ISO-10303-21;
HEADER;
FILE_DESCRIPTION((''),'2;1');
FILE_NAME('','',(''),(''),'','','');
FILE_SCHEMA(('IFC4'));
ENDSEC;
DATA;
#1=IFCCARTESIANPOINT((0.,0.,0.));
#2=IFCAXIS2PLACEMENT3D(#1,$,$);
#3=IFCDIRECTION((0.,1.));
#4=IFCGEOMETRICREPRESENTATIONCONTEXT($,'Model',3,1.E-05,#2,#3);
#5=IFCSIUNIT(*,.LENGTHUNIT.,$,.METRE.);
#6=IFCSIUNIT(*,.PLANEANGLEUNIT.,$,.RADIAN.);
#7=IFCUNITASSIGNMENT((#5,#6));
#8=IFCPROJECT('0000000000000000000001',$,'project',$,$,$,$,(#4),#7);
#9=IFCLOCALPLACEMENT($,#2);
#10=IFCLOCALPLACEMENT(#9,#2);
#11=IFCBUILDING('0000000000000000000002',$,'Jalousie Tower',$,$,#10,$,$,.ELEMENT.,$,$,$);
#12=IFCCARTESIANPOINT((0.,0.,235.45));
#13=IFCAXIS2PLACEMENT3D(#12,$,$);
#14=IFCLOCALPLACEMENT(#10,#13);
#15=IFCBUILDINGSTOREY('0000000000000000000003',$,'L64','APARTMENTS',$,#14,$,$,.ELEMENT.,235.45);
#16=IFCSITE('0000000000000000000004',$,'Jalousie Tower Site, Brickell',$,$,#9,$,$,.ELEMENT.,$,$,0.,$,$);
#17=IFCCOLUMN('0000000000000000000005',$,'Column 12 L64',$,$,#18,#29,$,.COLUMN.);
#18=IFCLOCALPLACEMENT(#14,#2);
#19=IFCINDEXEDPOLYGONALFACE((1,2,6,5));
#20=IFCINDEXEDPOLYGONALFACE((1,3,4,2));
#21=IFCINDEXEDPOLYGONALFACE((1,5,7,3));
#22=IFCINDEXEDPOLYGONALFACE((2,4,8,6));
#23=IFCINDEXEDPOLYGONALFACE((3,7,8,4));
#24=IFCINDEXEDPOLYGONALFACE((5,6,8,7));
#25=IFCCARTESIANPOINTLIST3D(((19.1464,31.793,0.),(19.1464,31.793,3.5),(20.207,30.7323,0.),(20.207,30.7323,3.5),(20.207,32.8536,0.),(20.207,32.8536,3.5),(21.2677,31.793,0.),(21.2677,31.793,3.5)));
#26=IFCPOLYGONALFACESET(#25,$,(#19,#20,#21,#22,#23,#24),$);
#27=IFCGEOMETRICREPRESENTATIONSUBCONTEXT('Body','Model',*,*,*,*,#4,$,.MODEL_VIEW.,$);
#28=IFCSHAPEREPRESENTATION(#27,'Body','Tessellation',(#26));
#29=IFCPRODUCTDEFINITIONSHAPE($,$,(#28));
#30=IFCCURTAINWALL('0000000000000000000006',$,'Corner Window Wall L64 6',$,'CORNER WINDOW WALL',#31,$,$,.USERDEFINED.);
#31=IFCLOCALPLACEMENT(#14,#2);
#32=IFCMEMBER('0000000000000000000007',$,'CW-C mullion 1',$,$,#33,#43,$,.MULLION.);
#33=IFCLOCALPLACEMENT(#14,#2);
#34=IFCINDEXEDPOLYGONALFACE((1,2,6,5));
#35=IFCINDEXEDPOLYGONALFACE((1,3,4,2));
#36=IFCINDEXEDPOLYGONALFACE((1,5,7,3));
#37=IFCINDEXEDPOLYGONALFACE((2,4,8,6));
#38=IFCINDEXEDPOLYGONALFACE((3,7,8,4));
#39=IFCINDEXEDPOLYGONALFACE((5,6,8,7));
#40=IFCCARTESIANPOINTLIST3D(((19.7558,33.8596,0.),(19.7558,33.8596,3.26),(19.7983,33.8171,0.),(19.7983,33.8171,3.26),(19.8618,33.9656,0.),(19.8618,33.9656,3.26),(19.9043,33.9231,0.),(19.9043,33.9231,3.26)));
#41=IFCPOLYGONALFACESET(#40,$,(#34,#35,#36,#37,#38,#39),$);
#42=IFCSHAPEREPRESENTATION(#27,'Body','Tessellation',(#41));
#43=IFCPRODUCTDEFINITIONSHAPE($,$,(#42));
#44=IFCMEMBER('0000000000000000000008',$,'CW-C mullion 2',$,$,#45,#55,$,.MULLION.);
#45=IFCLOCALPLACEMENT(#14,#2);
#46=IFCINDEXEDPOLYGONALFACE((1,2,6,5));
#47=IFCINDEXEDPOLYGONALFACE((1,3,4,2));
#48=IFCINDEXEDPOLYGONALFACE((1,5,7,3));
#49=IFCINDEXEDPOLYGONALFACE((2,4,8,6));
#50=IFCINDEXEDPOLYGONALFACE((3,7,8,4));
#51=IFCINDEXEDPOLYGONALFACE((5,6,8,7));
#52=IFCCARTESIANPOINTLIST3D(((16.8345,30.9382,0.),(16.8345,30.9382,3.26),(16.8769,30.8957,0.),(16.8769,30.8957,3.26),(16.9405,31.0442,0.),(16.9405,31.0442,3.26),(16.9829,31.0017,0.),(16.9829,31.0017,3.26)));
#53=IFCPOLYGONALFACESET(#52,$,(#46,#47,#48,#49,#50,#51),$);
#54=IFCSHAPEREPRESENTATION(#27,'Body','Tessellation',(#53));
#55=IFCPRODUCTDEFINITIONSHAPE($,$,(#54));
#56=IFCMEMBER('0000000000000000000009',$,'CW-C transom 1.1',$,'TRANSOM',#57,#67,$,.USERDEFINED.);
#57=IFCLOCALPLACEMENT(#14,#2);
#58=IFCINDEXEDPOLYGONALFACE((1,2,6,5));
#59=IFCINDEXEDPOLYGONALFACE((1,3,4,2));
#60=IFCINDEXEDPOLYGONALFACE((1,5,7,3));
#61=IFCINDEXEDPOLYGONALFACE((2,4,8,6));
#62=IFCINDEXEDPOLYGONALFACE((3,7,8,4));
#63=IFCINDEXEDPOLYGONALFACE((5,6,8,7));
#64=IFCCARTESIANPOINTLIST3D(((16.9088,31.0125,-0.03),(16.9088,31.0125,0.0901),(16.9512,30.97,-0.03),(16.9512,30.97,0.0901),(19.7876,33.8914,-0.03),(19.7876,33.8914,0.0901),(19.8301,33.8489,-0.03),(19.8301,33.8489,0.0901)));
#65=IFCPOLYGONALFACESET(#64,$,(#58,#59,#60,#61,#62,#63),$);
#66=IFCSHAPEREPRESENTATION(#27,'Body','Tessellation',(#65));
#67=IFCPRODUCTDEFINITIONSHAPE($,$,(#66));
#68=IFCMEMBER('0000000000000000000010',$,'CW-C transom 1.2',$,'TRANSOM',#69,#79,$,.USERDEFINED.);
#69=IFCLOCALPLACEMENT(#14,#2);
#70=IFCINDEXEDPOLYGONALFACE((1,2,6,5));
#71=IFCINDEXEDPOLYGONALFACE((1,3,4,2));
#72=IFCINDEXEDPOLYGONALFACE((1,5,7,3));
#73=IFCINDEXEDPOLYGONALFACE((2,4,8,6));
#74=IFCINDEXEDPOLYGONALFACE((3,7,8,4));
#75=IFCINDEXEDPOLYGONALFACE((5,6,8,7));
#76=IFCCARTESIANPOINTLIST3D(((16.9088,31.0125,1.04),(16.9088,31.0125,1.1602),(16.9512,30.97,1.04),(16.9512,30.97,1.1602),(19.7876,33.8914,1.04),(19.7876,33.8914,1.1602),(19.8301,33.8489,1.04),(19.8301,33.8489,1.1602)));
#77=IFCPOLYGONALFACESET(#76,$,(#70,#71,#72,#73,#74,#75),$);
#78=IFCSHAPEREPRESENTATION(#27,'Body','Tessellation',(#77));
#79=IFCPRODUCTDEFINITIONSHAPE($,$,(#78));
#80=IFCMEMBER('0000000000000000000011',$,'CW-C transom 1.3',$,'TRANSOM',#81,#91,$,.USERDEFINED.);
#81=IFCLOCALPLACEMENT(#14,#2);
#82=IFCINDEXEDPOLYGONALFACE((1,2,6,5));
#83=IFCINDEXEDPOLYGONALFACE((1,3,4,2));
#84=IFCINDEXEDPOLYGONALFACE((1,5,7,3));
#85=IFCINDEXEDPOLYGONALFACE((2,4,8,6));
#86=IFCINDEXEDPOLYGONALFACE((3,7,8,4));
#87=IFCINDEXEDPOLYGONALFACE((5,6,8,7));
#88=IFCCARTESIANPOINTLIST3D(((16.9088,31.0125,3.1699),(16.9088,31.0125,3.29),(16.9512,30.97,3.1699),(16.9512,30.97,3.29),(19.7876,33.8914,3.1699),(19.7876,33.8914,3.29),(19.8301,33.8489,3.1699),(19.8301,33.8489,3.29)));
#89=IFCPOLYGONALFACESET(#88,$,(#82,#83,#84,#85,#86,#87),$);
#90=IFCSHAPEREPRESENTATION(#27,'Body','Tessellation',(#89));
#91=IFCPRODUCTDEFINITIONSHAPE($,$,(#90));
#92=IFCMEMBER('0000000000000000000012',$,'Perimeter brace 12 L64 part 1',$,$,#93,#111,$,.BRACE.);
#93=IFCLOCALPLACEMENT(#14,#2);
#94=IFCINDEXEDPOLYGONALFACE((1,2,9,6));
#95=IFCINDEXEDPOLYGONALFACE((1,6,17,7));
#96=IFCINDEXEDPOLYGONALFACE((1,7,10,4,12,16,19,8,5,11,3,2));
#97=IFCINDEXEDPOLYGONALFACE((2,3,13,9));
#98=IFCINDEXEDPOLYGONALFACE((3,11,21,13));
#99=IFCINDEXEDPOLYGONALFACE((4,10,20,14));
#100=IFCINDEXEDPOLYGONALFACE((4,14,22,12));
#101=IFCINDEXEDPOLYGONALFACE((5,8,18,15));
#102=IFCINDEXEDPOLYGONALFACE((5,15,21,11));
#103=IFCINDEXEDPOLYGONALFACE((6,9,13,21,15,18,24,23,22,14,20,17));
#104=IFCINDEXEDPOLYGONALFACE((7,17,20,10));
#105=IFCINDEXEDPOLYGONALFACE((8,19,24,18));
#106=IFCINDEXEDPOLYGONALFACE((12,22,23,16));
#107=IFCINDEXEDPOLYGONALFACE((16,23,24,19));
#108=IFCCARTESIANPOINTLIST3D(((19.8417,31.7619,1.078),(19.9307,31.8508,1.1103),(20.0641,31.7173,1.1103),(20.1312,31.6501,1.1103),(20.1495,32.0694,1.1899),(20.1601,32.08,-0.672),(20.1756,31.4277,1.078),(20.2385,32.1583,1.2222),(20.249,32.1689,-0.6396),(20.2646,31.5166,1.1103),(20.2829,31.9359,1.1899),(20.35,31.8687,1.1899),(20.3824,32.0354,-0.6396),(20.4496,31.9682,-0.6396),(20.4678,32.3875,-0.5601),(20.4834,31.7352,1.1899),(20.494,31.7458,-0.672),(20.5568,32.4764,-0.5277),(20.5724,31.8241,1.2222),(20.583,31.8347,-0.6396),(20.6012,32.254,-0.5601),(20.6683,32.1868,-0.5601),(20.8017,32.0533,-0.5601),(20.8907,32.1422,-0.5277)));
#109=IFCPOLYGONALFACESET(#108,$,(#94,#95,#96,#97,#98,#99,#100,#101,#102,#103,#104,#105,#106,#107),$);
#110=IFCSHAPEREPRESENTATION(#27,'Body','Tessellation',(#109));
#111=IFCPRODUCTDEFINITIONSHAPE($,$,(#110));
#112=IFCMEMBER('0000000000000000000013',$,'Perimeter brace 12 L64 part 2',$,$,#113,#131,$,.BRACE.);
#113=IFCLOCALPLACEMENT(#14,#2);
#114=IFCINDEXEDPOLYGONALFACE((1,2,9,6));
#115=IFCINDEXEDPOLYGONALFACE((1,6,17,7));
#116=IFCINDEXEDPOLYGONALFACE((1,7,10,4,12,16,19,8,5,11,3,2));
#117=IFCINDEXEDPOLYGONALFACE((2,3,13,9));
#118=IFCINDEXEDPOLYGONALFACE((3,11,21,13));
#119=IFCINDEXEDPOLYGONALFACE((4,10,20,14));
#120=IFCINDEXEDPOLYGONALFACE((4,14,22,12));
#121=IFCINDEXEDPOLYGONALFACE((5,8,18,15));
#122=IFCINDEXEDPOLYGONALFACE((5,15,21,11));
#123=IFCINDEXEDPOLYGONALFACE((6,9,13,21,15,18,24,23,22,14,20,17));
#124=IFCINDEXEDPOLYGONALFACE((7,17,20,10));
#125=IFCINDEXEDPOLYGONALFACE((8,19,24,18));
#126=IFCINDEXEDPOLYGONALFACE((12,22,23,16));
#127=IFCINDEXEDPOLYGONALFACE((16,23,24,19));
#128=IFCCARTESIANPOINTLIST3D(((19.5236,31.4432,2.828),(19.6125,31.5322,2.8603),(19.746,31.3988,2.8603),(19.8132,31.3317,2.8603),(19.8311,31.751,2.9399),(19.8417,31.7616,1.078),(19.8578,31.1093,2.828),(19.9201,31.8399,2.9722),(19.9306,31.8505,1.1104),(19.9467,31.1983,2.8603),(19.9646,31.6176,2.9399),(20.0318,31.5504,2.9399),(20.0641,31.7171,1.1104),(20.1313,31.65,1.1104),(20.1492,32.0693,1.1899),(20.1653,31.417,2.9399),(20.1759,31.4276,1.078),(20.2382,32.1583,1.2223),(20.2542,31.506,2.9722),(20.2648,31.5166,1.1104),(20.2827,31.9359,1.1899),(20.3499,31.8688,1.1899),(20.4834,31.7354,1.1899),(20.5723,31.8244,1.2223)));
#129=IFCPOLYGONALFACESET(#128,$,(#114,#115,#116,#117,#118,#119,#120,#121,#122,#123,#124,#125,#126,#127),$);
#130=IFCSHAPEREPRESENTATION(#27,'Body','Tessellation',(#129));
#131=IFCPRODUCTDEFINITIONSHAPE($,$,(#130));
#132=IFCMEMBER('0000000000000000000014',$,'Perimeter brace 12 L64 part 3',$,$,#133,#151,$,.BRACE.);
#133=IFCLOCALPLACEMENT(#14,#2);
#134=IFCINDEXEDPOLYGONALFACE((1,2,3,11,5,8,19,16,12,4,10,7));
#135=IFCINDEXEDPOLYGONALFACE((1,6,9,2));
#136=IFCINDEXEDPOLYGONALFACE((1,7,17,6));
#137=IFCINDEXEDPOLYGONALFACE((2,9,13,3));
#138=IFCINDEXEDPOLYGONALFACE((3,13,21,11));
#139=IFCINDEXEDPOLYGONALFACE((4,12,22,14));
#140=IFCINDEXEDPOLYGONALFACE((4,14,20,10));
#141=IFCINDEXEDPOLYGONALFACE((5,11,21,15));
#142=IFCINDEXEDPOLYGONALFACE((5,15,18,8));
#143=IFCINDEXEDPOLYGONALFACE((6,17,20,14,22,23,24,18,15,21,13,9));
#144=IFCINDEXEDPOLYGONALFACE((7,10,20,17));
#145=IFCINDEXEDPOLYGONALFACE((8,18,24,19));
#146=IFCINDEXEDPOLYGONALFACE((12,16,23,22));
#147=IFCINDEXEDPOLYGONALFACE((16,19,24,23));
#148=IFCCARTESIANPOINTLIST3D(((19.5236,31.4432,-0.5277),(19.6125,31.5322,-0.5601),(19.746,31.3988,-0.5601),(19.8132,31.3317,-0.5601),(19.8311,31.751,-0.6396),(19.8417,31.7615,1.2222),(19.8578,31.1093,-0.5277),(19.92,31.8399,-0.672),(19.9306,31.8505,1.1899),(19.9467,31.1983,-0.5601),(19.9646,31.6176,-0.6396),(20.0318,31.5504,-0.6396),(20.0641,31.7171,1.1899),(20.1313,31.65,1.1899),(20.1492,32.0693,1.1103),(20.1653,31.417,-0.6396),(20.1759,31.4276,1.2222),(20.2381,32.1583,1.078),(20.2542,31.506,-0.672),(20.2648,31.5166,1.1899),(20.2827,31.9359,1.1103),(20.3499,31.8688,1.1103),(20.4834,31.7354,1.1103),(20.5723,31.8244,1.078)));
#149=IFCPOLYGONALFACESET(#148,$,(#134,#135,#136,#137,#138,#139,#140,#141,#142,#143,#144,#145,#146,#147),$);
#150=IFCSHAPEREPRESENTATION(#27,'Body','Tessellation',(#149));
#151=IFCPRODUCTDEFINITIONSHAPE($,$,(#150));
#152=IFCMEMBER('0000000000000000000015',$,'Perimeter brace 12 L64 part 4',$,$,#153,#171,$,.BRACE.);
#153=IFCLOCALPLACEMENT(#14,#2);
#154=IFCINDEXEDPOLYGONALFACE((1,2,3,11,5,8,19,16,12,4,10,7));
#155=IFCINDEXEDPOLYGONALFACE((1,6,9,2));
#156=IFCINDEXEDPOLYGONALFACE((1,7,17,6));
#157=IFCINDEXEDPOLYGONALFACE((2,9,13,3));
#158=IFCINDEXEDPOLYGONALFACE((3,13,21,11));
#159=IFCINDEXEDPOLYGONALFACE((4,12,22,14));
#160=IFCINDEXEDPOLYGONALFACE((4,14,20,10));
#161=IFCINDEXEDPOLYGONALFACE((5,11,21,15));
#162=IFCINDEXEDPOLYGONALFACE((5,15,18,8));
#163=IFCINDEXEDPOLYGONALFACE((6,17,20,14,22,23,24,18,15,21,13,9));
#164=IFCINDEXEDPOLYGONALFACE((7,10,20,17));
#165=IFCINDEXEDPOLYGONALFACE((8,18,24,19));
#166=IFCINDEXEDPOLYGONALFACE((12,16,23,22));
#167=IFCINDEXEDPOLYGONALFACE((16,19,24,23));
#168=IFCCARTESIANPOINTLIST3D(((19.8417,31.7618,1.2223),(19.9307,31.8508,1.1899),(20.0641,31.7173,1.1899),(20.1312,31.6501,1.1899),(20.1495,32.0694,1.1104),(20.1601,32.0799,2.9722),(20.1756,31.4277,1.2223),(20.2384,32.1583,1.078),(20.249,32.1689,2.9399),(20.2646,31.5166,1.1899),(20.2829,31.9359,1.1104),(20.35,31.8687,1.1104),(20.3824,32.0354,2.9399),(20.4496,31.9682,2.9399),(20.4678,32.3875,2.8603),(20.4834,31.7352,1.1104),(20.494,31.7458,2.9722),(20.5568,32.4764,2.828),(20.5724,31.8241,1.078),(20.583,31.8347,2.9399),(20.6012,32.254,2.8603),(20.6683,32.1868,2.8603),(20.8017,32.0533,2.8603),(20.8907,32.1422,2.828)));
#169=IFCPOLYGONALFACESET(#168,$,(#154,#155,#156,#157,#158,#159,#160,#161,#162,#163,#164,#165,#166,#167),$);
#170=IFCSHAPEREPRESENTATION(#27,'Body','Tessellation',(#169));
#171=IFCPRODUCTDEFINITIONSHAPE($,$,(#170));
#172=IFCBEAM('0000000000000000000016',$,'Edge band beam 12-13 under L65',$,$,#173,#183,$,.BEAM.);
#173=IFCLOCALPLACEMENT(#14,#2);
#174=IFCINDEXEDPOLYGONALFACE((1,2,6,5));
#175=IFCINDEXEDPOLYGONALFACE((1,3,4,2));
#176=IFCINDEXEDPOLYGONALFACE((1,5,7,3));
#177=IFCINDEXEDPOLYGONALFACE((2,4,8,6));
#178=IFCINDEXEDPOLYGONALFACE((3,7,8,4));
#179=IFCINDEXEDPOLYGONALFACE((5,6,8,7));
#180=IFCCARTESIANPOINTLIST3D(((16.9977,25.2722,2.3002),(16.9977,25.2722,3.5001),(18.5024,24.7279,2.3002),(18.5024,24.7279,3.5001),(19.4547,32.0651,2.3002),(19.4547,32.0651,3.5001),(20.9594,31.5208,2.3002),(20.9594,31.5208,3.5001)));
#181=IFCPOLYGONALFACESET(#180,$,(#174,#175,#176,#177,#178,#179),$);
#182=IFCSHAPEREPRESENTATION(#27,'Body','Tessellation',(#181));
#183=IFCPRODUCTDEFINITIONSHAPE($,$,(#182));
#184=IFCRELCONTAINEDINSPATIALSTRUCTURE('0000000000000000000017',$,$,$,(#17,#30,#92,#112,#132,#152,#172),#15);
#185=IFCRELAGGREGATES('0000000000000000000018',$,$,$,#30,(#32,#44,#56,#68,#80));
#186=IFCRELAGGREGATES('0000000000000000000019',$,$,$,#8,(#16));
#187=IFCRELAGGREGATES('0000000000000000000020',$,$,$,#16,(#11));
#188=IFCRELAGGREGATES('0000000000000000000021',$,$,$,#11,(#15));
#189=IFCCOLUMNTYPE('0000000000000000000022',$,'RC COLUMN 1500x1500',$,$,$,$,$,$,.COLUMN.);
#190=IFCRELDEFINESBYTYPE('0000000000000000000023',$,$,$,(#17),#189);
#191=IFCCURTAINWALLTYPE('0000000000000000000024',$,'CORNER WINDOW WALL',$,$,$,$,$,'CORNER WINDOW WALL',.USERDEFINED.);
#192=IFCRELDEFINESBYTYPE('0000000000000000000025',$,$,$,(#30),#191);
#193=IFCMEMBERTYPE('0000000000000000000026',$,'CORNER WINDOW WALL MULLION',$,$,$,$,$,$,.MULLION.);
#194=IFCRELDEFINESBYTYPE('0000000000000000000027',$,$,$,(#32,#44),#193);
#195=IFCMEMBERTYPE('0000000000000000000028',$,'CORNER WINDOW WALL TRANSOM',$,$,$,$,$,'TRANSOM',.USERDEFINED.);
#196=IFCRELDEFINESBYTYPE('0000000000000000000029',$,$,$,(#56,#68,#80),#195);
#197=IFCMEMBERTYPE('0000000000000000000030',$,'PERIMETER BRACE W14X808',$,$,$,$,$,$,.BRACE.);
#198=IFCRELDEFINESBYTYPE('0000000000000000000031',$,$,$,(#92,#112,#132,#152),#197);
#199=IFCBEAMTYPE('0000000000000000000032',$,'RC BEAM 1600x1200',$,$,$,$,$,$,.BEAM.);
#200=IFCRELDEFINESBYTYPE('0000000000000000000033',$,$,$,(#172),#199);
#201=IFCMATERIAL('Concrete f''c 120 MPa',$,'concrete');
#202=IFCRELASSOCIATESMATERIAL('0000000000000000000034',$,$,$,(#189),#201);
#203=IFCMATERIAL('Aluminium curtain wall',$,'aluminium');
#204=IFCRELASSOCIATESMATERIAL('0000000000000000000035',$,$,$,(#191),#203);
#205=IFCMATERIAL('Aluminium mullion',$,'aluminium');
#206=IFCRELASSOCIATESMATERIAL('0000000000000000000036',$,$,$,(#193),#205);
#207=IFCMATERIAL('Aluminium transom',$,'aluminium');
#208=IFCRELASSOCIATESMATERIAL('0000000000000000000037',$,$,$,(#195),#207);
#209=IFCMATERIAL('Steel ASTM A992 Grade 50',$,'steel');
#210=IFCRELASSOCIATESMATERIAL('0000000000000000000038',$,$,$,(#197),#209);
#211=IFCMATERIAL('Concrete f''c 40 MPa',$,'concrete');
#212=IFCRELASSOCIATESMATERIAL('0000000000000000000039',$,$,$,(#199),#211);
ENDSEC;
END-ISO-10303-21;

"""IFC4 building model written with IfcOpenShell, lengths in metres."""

from ifc_helpers import new_model, si_unit, direction, frame, origin, origin_2d, place, context, subcontext, project, spatial, rectangle, i_section, extrude, material, material_profile, profile_set, type_object, element, aggregate, save


model = new_model("IFC4")

# Units and contexts
model_context = context("Model", 3, precision=1e-05, world=origin(), true_north=direction((0.0, 1.0)))
body_context = subcontext(model_context, "Body", "Model", "MODEL_VIEW")
ifc_project = project(units=[si_unit("LENGTHUNIT", "METRE"), si_unit("PLANEANGLEUNIT", "RADIAN")], contexts=[model_context])

# Site, building, storey
site_placement = place(None, origin())
site = spatial("IfcSite", under=ifc_project, at=site_placement, Name="Jalousie Tower Site, Brickell", CompositionType="ELEMENT", RefElevation=0.0)
building_placement = place(site_placement, origin())
building = spatial("IfcBuilding", under=site, at=building_placement, Name="Jalousie Tower", CompositionType="ELEMENT")
storey_placement = place(building_placement, frame((0.0, 0.0, 235.45)))
storey = spatial("IfcBuildingStorey", under=building, at=storey_placement, Name="L64", Description="APARTMENTS", CompositionType="ELEMENT", Elevation=235.45)

# Column
ifc_material_1 = material(Name="Concrete f'c 120 MPa", Category="concrete")
ifc_material_profile_1 = material_profile(ifc_material_1, rectangle(XDim=1.5, YDim=1.5, at=origin_2d()), Name="RC 1500x1500")
ifc_profile_set_1 = profile_set([ifc_material_profile_1], Name="Concrete f'c 120 MPa")
column_type = type_object("IfcColumnType", Name="RC COLUMN 1500x1500", PredefinedType="COLUMN", material=ifc_profile_set_1)
column_placement = place(storey_placement, frame((20.207, 31.793, 0.0), z_axis=(0.0, 0.0, 1.0), x_axis=(0.707107, 0.707107, 0.0)))
element("IfcColumn", 1, at=column_placement, inside=storey, type_object=column_type, Name="Column 12 L64", PredefinedType="COLUMN", context=body_context, shape_type="SweptSolid", body=[
    extrude(rectangle(XDim=1.5, YDim=1.5, at=origin_2d()), origin(), (0.0, 0.0, 1.0), 3.5),
])

# Curtain wall, members
ifc_material_2 = material(Name="Aluminium curtain wall", Category="aluminium")
curtain_wall_type_1 = type_object("IfcCurtainWallType", Name="CORNER WINDOW WALL", ElementType="CORNER WINDOW WALL", PredefinedType="USERDEFINED", material=ifc_material_2)
curtain_wall_1_placement = place(storey_placement, origin())
curtain_wall_1 = element("IfcCurtainWall", 2, at=curtain_wall_1_placement, inside=storey, type_object=curtain_wall_type_1, Name="Corner Window Wall L64 6", ObjectType="CORNER WINDOW WALL", PredefinedType="USERDEFINED")
ifc_material_3 = material(Name="Aluminium mullion", Category="aluminium")
ifc_material_profile_2 = material_profile(ifc_material_3, rectangle(XDim=0.0601, YDim=0.1499, at=origin_2d()), Name="MULLION 60x150")
ifc_profile_set_2 = profile_set([ifc_material_profile_2], Name="Aluminium mullion")
member_type_1 = type_object("IfcMemberType", Name="CORNER WINDOW WALL MULLION", PredefinedType="MULLION", material=ifc_profile_set_2)
member_1_placement = place(storey_placement, frame((19.8301, 33.8914, 0.0), z_axis=(0.0, 0.0, 1.0), x_axis=(0.707107, -0.707107, 0.0)))
member_1 = element("IfcMember", 3, at=member_1_placement, type_object=member_type_1, Name="CW-C mullion 1", PredefinedType="MULLION", context=body_context, shape_type="SweptSolid", body=[
    extrude(rectangle(XDim=0.0601, YDim=0.1499, at=origin_2d()), origin(), (0.0, 0.0, 1.0), 3.26),
])
member_2_placement = place(storey_placement, frame((16.9087, 30.97, 0.0), z_axis=(0.0, 0.0, 1.0), x_axis=(0.707107, -0.707107, 0.0)))
member_2 = element("IfcMember", 4, at=member_2_placement, type_object=member_type_1, Name="CW-C mullion 2", PredefinedType="MULLION", context=body_context, shape_type="SweptSolid", body=[
    extrude(rectangle(XDim=0.0601, YDim=0.1499, at=origin_2d()), origin(), (0.0, 0.0, 1.0), 3.26),
])
ifc_material_4 = material(Name="Aluminium transom", Category="aluminium")
ifc_material_profile_3 = material_profile(ifc_material_4, rectangle(XDim=0.0601, YDim=0.1201, at=origin_2d()), Name="TRANSOM 60x120")
ifc_profile_set_3 = profile_set([ifc_material_profile_3], Name="Aluminium transom")
member_type_2 = type_object("IfcMemberType", Name="CORNER WINDOW WALL TRANSOM", ElementType="TRANSOM", PredefinedType="USERDEFINED", material=ifc_profile_set_3)
member_3_placement = place(storey_placement, frame((19.8088, 33.8701, 0.03), z_axis=(-0.707107, -0.707107, 0.0), x_axis=(0.707107, -0.707107, 0.0)))
member_3 = element("IfcMember", 5, at=member_3_placement, type_object=member_type_2, Name="CW-C transom 1.1", ObjectType="TRANSOM", PredefinedType="USERDEFINED", context=body_context, shape_type="SweptSolid", body=[
    extrude(rectangle(XDim=0.0601, YDim=0.1201, at=origin_2d()), origin(), (0.0, 0.0, 1.0), 4.0713),
])
member_4_placement = place(storey_placement, frame((19.8088, 33.8701, 1.1001), z_axis=(-0.707107, -0.707107, 0.0), x_axis=(0.707107, -0.707107, 0.0)))
member_4 = element("IfcMember", 6, at=member_4_placement, type_object=member_type_2, Name="CW-C transom 1.2", ObjectType="TRANSOM", PredefinedType="USERDEFINED", context=body_context, shape_type="SweptSolid", body=[
    extrude(rectangle(XDim=0.0601, YDim=0.1201, at=origin_2d()), origin(), (0.0, 0.0, 1.0), 4.0713),
])
member_5_placement = place(storey_placement, frame((19.8088, 33.8701, 3.23), z_axis=(-0.707107, -0.707107, 0.0), x_axis=(0.707107, -0.707107, 0.0)))
member_5 = element("IfcMember", 7, at=member_5_placement, type_object=member_type_2, Name="CW-C transom 1.3", ObjectType="TRANSOM", PredefinedType="USERDEFINED", context=body_context, shape_type="SweptSolid", body=[
    extrude(rectangle(XDim=0.0601, YDim=0.1201, at=origin_2d()), origin(), (0.0, 0.0, 1.0), 4.0713),
])

# Members
ifc_material_5 = material(Name="Steel ASTM A992 Grade 50", Category="steel")
ifc_material_profile_4 = material_profile(ifc_material_5, i_section(OverallWidth=0.4724, OverallDepth=0.5791, WebThickness=0.095, FlangeThickness=0.1299, at=origin_2d()), Name="W14X808")
ifc_profile_set_4 = profile_set([ifc_material_profile_4], Name="Steel ASTM A992 Grade 50")
member_type_3 = type_object("IfcMemberType", Name="PERIMETER BRACE W14X808", PredefinedType="BRACE", material=ifc_profile_set_4)
for number, where, z_axis, x_axis, name in (
    (8, (20.5254, 32.1111, -0.5999), (-0.176187, -0.176051, 0.968486), (0.706835, -0.707378, 0.0), "Perimeter brace 12 L64 part 1"),
    (9, (20.207, 31.793, 1.1501), (-0.176051, -0.176187, 0.968486), (0.707378, -0.706835, 0.0), "Perimeter brace 12 L64 part 2"),
    (10, (19.8889, 31.4746, -0.5999), (0.176051, 0.176187, 0.968486), (-0.707378, 0.706835, 0.0), "Perimeter brace 12 L64 part 3"),
    (11, (20.207, 31.793, 1.1501), (0.176187, 0.176051, 0.968486), (-0.706835, 0.707378, 0.0), "Perimeter brace 12 L64 part 4"),
):
    element("IfcMember", number, at=place(storey_placement, frame(where, z_axis=z_axis, x_axis=x_axis)), inside=storey, type_object=member_type_3, Name=name, PredefinedType="BRACE", context=body_context, shape_type="SweptSolid", body=[
        extrude(i_section(OverallWidth=0.4724, OverallDepth=0.5791, WebThickness=0.095, FlangeThickness=0.1299, at=origin_2d()), origin(), (0.0, 0.0, 1.0), 1.8069),
    ])

# Beam
ifc_material_6 = material(Name="Concrete f'c 40 MPa", Category="concrete")
ifc_material_profile_5 = material_profile(ifc_material_6, rectangle(XDim=1.6001, YDim=1.2, at=origin_2d()), Name="RC 1600x1200")
ifc_profile_set_5 = profile_set([ifc_material_profile_5], Name="Concrete f'c 40 MPa")
beam_type = type_object("IfcBeamType", Name="RC BEAM 1600x1200", PredefinedType="BEAM", material=ifc_profile_set_5)
beam_placement = place(storey_placement, frame((20.207, 31.793, 2.9001), z_axis=(-0.340136, -0.940376, 0.0), x_axis=(0.940376, -0.340136, 0.0)))
element("IfcBeam", 12, at=beam_placement, inside=storey, type_object=beam_type, Name="Edge band beam 12-13 under L65", PredefinedType="BEAM", context=body_context, shape_type="SweptSolid", body=[
    extrude(rectangle(XDim=1.6001, YDim=1.2, at=origin_2d()), origin(), (0.0, 0.0, 1.0), 7.2236),
])

aggregate(curtain_wall_1, [member_1, member_2, member_3, member_4, member_5])

save(model, "model.ifc")
